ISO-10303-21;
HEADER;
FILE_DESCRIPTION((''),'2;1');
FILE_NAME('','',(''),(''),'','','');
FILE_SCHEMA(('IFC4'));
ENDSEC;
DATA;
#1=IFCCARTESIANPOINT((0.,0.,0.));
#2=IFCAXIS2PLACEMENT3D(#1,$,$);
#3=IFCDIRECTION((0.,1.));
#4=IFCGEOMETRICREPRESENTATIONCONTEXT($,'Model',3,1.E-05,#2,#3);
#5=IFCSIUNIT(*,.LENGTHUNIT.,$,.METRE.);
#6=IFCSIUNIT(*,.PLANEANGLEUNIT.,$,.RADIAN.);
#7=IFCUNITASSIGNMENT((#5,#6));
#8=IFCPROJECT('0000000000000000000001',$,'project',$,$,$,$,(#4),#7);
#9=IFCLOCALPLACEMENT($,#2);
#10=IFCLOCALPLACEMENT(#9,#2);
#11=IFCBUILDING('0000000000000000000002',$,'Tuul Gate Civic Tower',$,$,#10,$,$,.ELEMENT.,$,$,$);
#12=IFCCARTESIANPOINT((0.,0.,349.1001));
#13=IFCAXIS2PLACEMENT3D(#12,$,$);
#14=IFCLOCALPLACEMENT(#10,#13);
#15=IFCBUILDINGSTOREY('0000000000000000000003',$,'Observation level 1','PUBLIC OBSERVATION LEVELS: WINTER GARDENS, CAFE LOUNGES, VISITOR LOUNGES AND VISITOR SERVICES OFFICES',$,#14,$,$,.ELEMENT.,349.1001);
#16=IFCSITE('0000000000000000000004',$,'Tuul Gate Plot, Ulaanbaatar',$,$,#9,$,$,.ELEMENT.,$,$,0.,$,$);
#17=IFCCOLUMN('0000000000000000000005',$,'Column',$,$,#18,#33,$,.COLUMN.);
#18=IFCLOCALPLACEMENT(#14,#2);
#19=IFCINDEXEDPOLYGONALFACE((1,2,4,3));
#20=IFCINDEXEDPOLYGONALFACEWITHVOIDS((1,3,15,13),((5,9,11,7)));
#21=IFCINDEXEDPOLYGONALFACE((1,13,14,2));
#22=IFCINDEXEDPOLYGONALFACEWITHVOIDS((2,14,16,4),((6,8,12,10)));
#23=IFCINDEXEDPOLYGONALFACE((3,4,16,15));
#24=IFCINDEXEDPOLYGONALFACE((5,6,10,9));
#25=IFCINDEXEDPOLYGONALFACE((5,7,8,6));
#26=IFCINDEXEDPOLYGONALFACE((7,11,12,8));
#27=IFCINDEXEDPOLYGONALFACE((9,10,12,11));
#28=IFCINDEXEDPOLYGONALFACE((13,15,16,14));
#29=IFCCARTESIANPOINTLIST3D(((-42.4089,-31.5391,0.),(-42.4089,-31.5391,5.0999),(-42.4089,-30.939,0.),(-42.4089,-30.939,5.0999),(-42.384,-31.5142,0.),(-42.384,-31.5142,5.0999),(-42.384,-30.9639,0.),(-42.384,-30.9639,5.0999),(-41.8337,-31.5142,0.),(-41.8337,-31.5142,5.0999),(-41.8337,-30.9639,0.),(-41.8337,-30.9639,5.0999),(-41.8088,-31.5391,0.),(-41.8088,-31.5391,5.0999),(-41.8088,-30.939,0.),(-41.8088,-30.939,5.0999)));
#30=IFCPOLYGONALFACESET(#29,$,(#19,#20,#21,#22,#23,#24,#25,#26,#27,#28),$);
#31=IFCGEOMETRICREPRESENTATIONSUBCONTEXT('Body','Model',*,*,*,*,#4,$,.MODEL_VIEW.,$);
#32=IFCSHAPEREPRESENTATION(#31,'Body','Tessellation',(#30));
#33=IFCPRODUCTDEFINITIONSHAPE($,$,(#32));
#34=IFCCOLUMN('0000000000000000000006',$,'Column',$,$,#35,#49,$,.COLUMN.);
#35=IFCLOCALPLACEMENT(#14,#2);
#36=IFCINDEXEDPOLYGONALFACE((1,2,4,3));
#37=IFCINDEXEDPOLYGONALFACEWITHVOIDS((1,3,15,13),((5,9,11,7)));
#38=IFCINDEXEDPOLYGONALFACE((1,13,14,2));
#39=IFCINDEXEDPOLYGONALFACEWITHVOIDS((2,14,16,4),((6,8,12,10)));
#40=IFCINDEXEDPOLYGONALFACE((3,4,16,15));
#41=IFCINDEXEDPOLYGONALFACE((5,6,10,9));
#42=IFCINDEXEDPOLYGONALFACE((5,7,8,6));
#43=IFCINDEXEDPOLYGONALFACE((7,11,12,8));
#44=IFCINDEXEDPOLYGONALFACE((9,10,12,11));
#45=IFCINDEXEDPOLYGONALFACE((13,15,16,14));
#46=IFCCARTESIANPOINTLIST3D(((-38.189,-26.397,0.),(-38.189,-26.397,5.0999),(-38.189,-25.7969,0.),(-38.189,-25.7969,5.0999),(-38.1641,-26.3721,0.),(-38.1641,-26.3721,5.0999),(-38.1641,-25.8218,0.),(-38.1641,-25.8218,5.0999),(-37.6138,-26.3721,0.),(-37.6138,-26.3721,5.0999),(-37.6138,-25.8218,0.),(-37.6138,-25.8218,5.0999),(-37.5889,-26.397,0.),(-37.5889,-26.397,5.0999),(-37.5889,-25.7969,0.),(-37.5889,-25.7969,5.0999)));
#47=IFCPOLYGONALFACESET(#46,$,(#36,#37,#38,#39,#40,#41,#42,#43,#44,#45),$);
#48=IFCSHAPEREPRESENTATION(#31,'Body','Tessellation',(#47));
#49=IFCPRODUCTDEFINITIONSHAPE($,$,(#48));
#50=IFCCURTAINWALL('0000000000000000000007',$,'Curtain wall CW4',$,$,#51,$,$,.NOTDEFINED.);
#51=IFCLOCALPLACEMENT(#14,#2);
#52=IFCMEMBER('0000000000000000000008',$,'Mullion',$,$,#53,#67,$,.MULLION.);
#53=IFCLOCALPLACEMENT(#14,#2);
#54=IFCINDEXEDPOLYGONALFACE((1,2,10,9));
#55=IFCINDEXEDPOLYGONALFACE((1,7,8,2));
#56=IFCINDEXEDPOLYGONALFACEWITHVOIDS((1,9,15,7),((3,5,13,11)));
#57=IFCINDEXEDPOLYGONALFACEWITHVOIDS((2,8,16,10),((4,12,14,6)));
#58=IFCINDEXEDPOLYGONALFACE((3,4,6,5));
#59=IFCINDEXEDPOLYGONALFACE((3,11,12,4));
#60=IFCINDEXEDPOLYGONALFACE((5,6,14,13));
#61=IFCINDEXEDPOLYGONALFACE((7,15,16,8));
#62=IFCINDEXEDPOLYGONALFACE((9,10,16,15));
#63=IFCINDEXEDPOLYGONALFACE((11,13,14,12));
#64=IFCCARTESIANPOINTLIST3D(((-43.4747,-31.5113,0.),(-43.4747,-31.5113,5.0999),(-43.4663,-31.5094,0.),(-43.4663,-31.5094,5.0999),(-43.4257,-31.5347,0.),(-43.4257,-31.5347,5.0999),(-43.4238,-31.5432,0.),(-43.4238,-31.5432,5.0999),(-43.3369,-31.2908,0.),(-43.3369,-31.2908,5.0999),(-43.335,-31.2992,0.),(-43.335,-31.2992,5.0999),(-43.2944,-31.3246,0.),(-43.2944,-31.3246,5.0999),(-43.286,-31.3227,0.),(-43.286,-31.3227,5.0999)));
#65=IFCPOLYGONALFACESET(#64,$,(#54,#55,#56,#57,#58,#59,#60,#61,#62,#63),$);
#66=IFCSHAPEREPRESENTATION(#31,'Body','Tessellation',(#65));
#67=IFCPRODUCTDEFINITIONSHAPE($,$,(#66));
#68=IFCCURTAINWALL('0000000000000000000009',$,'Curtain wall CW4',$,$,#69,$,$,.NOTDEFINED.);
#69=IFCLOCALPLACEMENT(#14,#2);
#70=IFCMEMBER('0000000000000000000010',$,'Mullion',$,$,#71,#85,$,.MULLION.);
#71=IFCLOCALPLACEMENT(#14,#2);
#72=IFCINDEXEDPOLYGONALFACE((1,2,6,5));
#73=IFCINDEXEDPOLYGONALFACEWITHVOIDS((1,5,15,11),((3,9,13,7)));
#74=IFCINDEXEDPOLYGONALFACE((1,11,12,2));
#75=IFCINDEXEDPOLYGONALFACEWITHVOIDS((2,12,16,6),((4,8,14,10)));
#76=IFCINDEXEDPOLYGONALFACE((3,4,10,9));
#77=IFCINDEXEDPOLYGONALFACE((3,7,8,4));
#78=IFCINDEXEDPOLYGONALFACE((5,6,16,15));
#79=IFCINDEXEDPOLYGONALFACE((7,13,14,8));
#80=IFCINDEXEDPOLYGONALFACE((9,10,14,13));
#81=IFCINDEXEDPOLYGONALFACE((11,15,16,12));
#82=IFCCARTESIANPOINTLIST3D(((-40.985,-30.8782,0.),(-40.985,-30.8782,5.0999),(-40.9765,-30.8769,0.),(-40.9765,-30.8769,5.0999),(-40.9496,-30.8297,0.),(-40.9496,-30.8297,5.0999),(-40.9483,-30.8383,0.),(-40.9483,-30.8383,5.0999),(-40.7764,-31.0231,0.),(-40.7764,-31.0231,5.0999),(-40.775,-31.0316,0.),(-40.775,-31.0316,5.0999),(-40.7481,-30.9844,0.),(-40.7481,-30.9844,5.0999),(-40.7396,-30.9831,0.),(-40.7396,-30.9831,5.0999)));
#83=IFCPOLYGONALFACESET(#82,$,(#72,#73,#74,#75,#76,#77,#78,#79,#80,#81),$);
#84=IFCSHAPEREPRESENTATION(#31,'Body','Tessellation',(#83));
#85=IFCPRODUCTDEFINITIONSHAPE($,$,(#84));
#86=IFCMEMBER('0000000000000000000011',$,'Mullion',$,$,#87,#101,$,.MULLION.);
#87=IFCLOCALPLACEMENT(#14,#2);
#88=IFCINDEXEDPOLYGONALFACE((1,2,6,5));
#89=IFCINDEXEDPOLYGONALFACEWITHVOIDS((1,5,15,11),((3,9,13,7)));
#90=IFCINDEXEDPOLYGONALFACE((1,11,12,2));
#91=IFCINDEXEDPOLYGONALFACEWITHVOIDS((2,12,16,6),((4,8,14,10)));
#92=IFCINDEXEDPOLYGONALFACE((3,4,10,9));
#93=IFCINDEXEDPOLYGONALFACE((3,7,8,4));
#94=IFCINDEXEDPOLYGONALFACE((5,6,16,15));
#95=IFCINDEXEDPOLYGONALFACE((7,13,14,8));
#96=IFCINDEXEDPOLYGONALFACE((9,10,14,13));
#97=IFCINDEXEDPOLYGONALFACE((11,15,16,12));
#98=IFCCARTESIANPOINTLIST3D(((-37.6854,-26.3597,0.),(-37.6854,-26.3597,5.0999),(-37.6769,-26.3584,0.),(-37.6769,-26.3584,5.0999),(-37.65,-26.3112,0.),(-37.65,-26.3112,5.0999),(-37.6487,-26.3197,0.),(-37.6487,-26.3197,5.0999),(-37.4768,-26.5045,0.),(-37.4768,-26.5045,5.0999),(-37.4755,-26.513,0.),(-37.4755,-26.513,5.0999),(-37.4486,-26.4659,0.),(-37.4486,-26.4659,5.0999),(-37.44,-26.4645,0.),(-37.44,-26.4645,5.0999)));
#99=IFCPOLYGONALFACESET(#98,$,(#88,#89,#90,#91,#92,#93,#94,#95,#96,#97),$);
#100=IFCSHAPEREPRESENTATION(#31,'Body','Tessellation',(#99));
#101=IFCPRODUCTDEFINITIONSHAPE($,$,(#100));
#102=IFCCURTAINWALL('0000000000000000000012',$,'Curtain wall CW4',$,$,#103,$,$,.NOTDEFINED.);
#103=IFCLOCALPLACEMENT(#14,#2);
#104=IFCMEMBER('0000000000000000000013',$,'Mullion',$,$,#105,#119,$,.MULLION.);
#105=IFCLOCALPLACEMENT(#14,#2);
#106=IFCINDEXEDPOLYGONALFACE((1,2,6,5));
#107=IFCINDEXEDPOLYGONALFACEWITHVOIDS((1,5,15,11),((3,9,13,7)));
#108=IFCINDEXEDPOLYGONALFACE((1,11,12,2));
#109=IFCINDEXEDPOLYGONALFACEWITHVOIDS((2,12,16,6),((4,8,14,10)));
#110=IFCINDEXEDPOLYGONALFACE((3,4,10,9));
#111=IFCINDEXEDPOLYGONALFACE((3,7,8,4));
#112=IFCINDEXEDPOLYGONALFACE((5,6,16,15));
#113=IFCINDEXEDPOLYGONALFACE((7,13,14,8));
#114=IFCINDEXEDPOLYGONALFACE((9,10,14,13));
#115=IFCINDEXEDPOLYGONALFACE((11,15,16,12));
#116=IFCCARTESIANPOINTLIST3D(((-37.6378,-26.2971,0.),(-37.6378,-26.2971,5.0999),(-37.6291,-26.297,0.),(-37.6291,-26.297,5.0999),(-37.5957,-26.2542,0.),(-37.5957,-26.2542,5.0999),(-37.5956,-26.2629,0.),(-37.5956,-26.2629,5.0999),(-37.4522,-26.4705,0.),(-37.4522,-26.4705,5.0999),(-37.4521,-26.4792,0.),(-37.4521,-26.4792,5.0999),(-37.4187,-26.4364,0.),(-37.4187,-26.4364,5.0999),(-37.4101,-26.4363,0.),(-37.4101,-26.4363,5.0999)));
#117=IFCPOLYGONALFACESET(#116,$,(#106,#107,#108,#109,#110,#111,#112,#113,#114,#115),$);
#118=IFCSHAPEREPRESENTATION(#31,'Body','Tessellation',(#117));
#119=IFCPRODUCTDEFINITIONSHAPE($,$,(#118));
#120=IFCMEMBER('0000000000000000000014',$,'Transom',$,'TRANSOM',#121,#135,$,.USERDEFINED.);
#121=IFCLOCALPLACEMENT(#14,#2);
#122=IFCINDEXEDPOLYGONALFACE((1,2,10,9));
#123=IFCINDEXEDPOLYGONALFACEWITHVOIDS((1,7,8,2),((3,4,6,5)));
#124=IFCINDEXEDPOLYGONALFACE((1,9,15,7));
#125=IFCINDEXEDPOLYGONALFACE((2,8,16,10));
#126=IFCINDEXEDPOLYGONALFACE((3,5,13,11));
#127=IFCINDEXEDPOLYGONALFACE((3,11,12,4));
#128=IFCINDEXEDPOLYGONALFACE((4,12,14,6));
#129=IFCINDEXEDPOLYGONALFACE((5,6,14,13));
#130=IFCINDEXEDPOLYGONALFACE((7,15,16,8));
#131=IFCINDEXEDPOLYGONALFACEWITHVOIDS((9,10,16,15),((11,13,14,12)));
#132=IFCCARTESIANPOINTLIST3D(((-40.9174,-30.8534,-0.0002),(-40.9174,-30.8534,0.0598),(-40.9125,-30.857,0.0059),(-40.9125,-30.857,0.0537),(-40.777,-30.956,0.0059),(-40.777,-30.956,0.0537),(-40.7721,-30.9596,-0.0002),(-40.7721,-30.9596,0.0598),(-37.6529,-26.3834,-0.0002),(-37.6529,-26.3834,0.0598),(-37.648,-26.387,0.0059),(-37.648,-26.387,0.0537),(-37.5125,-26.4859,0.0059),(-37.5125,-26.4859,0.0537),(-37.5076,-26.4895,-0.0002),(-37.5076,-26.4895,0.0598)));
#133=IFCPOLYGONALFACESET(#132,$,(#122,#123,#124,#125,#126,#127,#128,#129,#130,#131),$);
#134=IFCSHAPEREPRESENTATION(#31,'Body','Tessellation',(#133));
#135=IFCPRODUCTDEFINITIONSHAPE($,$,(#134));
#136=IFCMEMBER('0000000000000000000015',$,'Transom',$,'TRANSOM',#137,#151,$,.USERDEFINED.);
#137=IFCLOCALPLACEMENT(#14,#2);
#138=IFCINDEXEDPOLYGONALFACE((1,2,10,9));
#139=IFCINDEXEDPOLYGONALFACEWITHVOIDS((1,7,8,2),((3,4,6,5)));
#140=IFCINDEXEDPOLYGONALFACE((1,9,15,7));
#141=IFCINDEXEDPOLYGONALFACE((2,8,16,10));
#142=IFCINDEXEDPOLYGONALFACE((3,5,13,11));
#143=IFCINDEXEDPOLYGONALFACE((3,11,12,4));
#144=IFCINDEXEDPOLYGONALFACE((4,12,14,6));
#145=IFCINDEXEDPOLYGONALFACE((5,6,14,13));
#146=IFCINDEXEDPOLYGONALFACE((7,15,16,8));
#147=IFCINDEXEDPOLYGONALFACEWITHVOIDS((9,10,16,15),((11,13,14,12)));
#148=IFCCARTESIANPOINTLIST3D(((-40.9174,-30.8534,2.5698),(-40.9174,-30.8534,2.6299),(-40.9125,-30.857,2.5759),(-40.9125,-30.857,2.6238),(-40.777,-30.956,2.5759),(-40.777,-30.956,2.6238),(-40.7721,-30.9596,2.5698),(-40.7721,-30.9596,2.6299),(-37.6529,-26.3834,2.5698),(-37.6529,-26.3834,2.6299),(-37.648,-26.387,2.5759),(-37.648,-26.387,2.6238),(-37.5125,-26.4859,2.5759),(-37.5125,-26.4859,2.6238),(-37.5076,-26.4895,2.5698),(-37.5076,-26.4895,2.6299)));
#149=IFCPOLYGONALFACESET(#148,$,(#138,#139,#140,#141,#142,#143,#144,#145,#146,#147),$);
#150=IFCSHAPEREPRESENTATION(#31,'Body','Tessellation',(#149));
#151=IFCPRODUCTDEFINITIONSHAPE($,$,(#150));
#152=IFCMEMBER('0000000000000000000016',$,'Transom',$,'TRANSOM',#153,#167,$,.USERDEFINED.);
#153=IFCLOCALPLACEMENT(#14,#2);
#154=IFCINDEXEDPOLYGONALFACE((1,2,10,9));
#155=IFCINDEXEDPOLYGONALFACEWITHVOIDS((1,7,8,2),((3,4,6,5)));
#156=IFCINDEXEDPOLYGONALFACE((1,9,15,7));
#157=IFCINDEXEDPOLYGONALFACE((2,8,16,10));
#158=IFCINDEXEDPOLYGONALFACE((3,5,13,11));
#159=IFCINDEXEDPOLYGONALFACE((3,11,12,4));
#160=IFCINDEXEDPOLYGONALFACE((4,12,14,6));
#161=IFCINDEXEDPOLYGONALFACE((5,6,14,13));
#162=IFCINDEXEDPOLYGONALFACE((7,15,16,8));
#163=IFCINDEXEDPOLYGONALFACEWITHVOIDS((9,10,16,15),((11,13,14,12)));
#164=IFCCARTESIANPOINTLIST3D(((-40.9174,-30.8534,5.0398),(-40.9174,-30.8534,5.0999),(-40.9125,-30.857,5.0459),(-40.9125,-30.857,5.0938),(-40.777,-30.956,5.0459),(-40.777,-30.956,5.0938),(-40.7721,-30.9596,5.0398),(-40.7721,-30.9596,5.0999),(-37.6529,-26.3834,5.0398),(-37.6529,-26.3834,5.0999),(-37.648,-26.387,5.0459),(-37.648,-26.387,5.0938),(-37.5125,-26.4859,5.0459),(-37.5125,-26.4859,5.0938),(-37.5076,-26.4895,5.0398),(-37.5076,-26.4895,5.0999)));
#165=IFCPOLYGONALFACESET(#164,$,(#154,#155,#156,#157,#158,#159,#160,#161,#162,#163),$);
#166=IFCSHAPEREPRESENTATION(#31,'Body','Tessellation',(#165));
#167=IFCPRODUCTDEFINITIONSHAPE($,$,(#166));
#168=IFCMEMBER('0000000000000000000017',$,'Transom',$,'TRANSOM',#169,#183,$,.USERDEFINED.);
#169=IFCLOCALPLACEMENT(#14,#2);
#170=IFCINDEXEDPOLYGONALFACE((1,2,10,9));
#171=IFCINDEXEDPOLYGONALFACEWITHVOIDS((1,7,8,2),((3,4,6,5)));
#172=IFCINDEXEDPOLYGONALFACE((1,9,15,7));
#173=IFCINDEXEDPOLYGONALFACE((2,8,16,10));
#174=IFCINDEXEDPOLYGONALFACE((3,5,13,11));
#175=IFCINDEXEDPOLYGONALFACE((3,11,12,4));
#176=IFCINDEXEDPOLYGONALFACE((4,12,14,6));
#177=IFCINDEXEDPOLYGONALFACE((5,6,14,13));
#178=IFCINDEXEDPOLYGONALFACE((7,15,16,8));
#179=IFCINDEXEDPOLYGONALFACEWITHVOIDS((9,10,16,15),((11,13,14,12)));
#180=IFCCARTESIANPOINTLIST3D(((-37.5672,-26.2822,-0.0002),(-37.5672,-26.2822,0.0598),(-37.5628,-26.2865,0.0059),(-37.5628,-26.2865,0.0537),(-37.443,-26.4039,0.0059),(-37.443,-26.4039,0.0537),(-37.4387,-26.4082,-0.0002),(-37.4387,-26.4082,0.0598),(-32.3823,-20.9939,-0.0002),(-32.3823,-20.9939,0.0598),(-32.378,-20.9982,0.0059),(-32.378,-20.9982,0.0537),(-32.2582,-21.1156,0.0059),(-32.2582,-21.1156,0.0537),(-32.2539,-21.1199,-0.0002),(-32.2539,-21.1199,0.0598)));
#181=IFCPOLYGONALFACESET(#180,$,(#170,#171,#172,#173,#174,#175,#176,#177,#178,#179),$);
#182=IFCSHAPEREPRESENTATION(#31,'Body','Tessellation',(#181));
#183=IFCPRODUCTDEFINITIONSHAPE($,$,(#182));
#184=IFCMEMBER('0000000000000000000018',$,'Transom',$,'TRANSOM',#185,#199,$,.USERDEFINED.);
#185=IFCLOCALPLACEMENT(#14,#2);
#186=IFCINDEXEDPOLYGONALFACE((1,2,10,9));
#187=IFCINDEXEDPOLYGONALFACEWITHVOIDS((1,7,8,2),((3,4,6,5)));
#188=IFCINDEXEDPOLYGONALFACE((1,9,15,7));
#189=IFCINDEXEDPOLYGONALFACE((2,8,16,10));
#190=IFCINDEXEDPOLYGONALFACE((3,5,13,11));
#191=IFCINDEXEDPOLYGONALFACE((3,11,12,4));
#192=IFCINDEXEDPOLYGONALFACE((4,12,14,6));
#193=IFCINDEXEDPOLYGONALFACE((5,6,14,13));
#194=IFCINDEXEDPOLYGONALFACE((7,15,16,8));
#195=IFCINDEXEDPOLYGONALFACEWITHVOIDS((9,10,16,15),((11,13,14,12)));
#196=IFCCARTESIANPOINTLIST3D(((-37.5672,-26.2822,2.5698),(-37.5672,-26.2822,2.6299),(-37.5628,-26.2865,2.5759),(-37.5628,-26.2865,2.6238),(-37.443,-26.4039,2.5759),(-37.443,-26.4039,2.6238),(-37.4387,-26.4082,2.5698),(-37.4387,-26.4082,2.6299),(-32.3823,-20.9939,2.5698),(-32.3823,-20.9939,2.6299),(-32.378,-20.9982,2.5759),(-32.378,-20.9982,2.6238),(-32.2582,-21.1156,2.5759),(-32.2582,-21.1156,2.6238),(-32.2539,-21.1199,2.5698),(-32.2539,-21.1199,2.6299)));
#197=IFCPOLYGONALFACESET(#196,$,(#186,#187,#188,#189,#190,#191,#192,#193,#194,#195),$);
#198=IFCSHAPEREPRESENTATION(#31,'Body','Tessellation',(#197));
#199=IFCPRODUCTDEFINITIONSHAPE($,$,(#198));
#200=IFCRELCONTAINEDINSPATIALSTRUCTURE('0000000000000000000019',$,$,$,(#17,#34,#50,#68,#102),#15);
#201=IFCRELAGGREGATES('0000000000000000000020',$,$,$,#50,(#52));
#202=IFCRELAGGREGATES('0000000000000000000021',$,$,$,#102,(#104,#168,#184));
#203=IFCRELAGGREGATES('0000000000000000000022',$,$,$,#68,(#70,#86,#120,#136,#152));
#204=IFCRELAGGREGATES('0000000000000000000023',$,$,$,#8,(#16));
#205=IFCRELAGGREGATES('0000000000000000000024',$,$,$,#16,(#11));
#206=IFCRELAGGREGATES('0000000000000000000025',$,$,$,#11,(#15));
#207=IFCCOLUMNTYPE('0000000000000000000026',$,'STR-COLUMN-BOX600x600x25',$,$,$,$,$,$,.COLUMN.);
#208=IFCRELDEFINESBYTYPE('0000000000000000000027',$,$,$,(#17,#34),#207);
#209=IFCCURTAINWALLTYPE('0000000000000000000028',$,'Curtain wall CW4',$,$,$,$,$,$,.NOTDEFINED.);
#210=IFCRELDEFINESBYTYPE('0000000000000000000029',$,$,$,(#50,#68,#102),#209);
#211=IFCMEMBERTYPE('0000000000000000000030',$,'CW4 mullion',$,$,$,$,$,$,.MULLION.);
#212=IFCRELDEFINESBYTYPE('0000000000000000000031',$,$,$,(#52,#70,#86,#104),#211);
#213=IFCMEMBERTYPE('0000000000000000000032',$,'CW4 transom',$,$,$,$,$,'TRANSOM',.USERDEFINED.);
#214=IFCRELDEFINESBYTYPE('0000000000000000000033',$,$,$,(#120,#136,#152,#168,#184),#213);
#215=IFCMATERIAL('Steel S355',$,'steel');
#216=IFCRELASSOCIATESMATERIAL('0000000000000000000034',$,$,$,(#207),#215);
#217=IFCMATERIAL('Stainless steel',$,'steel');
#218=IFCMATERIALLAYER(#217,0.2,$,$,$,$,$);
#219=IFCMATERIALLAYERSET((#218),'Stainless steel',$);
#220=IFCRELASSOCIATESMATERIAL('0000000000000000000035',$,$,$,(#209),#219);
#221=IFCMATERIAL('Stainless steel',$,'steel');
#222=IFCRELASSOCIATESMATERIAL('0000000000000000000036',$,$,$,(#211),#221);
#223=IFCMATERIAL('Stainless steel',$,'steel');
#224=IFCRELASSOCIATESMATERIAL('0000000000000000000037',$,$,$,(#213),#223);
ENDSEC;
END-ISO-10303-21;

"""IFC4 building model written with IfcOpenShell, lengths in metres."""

from ifc_helpers import new_model, si_unit, direction, frame, origin, origin_2d, place, context, subcontext, project, spatial, hollow_rectangle, extrude, material, layer, layer_set, material_profile, profile_set, type_object, element, aggregate, save


model = new_model("IFC4")

# Units and contexts
model_context = context("Model", 3, precision=1e-05, world=origin(), true_north=direction((0.0, 1.0)))
body_context = subcontext(model_context, "Body", "Model", "MODEL_VIEW")
ifc_project = project(units=[si_unit("LENGTHUNIT", "METRE"), si_unit("PLANEANGLEUNIT", "RADIAN")], contexts=[model_context])

# Site, building, storey
site_placement = place(None, origin())
site = spatial("IfcSite", under=ifc_project, at=site_placement, Name="Tuul Gate Plot, Ulaanbaatar", CompositionType="ELEMENT", RefElevation=0.0)
building_placement = place(site_placement, origin())
building = spatial("IfcBuilding", under=site, at=building_placement, Name="Tuul Gate Civic Tower", CompositionType="ELEMENT")
storey_placement = place(building_placement, frame((0.0, 0.0, 349.1001)))
storey = spatial("IfcBuildingStorey", under=building, at=storey_placement, Name="Observation level 1", Description="PUBLIC OBSERVATION LEVELS: WINTER GARDENS, CAFE LOUNGES, VISITOR LOUNGES AND VISITOR SERVICES OFFICES", CompositionType="ELEMENT", Elevation=349.1001)

# Columns
ifc_material_1 = material(Name="Steel S355", Category="steel")
ifc_material_profile_1 = material_profile(ifc_material_1, hollow_rectangle(XDim=0.6001, YDim=0.6001, WallThickness=0.0249, at=origin_2d()), Name="BOX600x600x25")
ifc_profile_set_1 = profile_set([ifc_material_profile_1], Name="Steel S355")
column_type = type_object("IfcColumnType", Name="STR-COLUMN-BOX600x600x25", PredefinedType="COLUMN", material=ifc_profile_set_1)
for number, where, z_axis, x_axis, name in (
    (1, (-42.1089, -31.239, 0.0), (0.0, 0.0, 1.0), (1.0, 0.0, 0.0), "Column"),
    (2, (-37.8889, -26.0969, 0.0), (0.0, 0.0, 1.0), (1.0, 0.0, 0.0), "Column"),
):
    element("IfcColumn", number, at=place(storey_placement, frame(where, z_axis=z_axis, x_axis=x_axis)), inside=storey, type_object=column_type, Name=name, PredefinedType="COLUMN", context=body_context, shape_type="SweptSolid", body=[
        extrude(hollow_rectangle(XDim=0.6001, YDim=0.6001, WallThickness=0.0249, at=origin_2d()), origin(), (0.0, 0.0, 1.0), 5.0999),
    ])

# Curtain wall, member
ifc_material_2 = material(Name="Stainless steel", Category="steel")
ifc_layer_1 = layer(ifc_material_2, 0.2)
ifc_layer_set_1 = layer_set([ifc_layer_1], Name="Stainless steel")
curtain_wall_type = type_object("IfcCurtainWallType", Name="Curtain wall CW4", PredefinedType="NOTDEFINED", material=ifc_layer_set_1)
curtain_wall_1_placement = place(storey_placement, origin())
curtain_wall_1 = element("IfcCurtainWall", 3, at=curtain_wall_1_placement, inside=storey, type_object=curtain_wall_type, Name="Curtain wall CW4", PredefinedType="NOTDEFINED")
ifc_material_3 = material(Name="Stainless steel", Category="steel")
ifc_material_profile_2 = material_profile(ifc_material_3, hollow_rectangle(XDim=0.26, YDim=0.0601, WallThickness=0.0061, at=origin_2d()), Name="CW4 mullion")
ifc_profile_set_2 = profile_set([ifc_material_profile_2], Name="Stainless steel")
member_type_1 = type_object("IfcMemberType", Name="CW4 mullion", PredefinedType="MULLION", material=ifc_profile_set_2)
member_1_placement = place(storey_placement, frame((-43.3804, -31.417, 0.0), z_axis=(0.0, 0.0, 1.0), x_axis=(0.529912, 0.848053, 0.0)))
member_1 = element("IfcMember", 4, at=member_1_placement, type_object=member_type_1, Name="Mullion", PredefinedType="MULLION", context=body_context, shape_type="SweptSolid", body=[
    extrude(hollow_rectangle(XDim=0.26, YDim=0.0601, WallThickness=0.0061, at=origin_2d()), origin(), (0.0, 0.0, 1.0), 5.0999),
])
aggregate(curtain_wall_1, [member_1])

# Curtain wall, members
curtain_wall_2_placement = place(storey_placement, origin())
curtain_wall_2 = element("IfcCurtainWall", 5, at=curtain_wall_2_placement, inside=storey, type_object=curtain_wall_type, Name="Curtain wall CW4", PredefinedType="NOTDEFINED")
member_2_placement = place(storey_placement, frame((-40.8623, -30.9307, 0.0), z_axis=(0.0, 0.0, 1.0), x_axis=(-0.807595, 0.589737, 0.0)))
member_2 = element("IfcMember", 6, at=member_2_placement, type_object=member_type_1, Name="Mullion", PredefinedType="MULLION", context=body_context, shape_type="SweptSolid", body=[
    extrude(hollow_rectangle(XDim=0.26, YDim=0.0601, WallThickness=0.0061, at=origin_2d()), origin(), (0.0, 0.0, 1.0), 5.0999),
])
member_3_placement = place(storey_placement, frame((-37.5627, -26.4121, 0.0), z_axis=(0.0, 0.0, 1.0), x_axis=(-0.807595, 0.589737, 0.0)))
member_3 = element("IfcMember", 7, at=member_3_placement, type_object=member_type_1, Name="Mullion", PredefinedType="MULLION", context=body_context, shape_type="SweptSolid", body=[
    extrude(hollow_rectangle(XDim=0.26, YDim=0.0601, WallThickness=0.0061, at=origin_2d()), origin(), (0.0, 0.0, 1.0), 5.0999),
])

# Curtain wall, member
curtain_wall_3_placement = place(storey_placement, origin())
curtain_wall_3 = element("IfcCurtainWall", 8, at=curtain_wall_3_placement, inside=storey, type_object=curtain_wall_type, Name="Curtain wall CW4", PredefinedType="NOTDEFINED")
member_4_placement = place(storey_placement, frame((-37.5239, -26.3667, 0.0), z_axis=(0.0, 0.0, 1.0), x_axis=(-0.714048, 0.700097, 0.0)))
member_4 = element("IfcMember", 9, at=member_4_placement, type_object=member_type_1, Name="Mullion", PredefinedType="MULLION", context=body_context, shape_type="SweptSolid", body=[
    extrude(hollow_rectangle(XDim=0.26, YDim=0.0601, WallThickness=0.0061, at=origin_2d()), origin(), (0.0, 0.0, 1.0), 5.0999),
])

# Members
ifc_material_4 = material(Name="Stainless steel", Category="steel")
ifc_material_profile_3 = material_profile(ifc_material_4, hollow_rectangle(XDim=0.1799, YDim=0.0601, WallThickness=0.0061, at=origin_2d()), Name="CW4 transom")
ifc_profile_set_3 = profile_set([ifc_material_profile_3], Name="Stainless steel")
member_type_2 = type_object("IfcMemberType", Name="CW4 transom", ElementType="TRANSOM", PredefinedType="USERDEFINED", material=ifc_profile_set_3)
member_5_placement = place(storey_placement, frame((-40.8447, -30.9065, 0.0298), z_axis=(0.589768, 0.807573, 0.0), x_axis=(-0.807573, 0.589768, 0.0)))
member_5 = element("IfcMember", 10, at=member_5_placement, type_object=member_type_2, Name="Transom", ObjectType="TRANSOM", PredefinedType="USERDEFINED", context=body_context, shape_type="SweptSolid", body=[
    extrude(hollow_rectangle(XDim=0.1799, YDim=0.0601, WallThickness=0.0061, at=origin_2d()), origin(), (0.0, 0.0, 1.0), 5.5352),
])
member_6_placement = place(storey_placement, frame((-40.8447, -30.9065, 2.5999), z_axis=(0.589768, 0.807573, 0.0), x_axis=(-0.807573, 0.589768, 0.0)))
member_6 = element("IfcMember", 11, at=member_6_placement, type_object=member_type_2, Name="Transom", ObjectType="TRANSOM", PredefinedType="USERDEFINED", context=body_context, shape_type="SweptSolid", body=[
    extrude(hollow_rectangle(XDim=0.1799, YDim=0.0601, WallThickness=0.0061, at=origin_2d()), origin(), (0.0, 0.0, 1.0), 5.5352),
])
member_7_placement = place(storey_placement, frame((-40.8447, -30.9065, 5.0698), z_axis=(0.589768, 0.807573, 0.0), x_axis=(-0.807573, 0.589768, 0.0)))
member_7 = element("IfcMember", 12, at=member_7_placement, type_object=member_type_2, Name="Transom", ObjectType="TRANSOM", PredefinedType="USERDEFINED", context=body_context, shape_type="SweptSolid", body=[
    extrude(hollow_rectangle(XDim=0.1799, YDim=0.0601, WallThickness=0.0061, at=origin_2d()), origin(), (0.0, 0.0, 1.0), 5.5352),
])
member_8_placement = place(storey_placement, frame((-37.5029, -26.3452, 0.0298), z_axis=(0.700084, 0.714061, 0.0), x_axis=(-0.714061, 0.700084, 0.0)))
member_8 = element("IfcMember", 13, at=member_8_placement, type_object=member_type_2, Name="Transom", ObjectType="TRANSOM", PredefinedType="USERDEFINED", context=body_context, shape_type="SweptSolid", body=[
    extrude(hollow_rectangle(XDim=0.1799, YDim=0.0601, WallThickness=0.0061, at=origin_2d()), origin(), (0.0, 0.0, 1.0), 7.406),
])
member_9_placement = place(storey_placement, frame((-37.5029, -26.3452, 2.5999), z_axis=(0.700084, 0.714061, 0.0), x_axis=(-0.714061, 0.700084, 0.0)))
member_9 = element("IfcMember", 14, at=member_9_placement, type_object=member_type_2, Name="Transom", ObjectType="TRANSOM", PredefinedType="USERDEFINED", context=body_context, shape_type="SweptSolid", body=[
    extrude(hollow_rectangle(XDim=0.1799, YDim=0.0601, WallThickness=0.0061, at=origin_2d()), origin(), (0.0, 0.0, 1.0), 7.406),
])
aggregate(curtain_wall_3, [member_4, member_8, member_9])

aggregate(curtain_wall_2, [member_2, member_3, member_5, member_6, member_7])

save(model, "model.ifc")
